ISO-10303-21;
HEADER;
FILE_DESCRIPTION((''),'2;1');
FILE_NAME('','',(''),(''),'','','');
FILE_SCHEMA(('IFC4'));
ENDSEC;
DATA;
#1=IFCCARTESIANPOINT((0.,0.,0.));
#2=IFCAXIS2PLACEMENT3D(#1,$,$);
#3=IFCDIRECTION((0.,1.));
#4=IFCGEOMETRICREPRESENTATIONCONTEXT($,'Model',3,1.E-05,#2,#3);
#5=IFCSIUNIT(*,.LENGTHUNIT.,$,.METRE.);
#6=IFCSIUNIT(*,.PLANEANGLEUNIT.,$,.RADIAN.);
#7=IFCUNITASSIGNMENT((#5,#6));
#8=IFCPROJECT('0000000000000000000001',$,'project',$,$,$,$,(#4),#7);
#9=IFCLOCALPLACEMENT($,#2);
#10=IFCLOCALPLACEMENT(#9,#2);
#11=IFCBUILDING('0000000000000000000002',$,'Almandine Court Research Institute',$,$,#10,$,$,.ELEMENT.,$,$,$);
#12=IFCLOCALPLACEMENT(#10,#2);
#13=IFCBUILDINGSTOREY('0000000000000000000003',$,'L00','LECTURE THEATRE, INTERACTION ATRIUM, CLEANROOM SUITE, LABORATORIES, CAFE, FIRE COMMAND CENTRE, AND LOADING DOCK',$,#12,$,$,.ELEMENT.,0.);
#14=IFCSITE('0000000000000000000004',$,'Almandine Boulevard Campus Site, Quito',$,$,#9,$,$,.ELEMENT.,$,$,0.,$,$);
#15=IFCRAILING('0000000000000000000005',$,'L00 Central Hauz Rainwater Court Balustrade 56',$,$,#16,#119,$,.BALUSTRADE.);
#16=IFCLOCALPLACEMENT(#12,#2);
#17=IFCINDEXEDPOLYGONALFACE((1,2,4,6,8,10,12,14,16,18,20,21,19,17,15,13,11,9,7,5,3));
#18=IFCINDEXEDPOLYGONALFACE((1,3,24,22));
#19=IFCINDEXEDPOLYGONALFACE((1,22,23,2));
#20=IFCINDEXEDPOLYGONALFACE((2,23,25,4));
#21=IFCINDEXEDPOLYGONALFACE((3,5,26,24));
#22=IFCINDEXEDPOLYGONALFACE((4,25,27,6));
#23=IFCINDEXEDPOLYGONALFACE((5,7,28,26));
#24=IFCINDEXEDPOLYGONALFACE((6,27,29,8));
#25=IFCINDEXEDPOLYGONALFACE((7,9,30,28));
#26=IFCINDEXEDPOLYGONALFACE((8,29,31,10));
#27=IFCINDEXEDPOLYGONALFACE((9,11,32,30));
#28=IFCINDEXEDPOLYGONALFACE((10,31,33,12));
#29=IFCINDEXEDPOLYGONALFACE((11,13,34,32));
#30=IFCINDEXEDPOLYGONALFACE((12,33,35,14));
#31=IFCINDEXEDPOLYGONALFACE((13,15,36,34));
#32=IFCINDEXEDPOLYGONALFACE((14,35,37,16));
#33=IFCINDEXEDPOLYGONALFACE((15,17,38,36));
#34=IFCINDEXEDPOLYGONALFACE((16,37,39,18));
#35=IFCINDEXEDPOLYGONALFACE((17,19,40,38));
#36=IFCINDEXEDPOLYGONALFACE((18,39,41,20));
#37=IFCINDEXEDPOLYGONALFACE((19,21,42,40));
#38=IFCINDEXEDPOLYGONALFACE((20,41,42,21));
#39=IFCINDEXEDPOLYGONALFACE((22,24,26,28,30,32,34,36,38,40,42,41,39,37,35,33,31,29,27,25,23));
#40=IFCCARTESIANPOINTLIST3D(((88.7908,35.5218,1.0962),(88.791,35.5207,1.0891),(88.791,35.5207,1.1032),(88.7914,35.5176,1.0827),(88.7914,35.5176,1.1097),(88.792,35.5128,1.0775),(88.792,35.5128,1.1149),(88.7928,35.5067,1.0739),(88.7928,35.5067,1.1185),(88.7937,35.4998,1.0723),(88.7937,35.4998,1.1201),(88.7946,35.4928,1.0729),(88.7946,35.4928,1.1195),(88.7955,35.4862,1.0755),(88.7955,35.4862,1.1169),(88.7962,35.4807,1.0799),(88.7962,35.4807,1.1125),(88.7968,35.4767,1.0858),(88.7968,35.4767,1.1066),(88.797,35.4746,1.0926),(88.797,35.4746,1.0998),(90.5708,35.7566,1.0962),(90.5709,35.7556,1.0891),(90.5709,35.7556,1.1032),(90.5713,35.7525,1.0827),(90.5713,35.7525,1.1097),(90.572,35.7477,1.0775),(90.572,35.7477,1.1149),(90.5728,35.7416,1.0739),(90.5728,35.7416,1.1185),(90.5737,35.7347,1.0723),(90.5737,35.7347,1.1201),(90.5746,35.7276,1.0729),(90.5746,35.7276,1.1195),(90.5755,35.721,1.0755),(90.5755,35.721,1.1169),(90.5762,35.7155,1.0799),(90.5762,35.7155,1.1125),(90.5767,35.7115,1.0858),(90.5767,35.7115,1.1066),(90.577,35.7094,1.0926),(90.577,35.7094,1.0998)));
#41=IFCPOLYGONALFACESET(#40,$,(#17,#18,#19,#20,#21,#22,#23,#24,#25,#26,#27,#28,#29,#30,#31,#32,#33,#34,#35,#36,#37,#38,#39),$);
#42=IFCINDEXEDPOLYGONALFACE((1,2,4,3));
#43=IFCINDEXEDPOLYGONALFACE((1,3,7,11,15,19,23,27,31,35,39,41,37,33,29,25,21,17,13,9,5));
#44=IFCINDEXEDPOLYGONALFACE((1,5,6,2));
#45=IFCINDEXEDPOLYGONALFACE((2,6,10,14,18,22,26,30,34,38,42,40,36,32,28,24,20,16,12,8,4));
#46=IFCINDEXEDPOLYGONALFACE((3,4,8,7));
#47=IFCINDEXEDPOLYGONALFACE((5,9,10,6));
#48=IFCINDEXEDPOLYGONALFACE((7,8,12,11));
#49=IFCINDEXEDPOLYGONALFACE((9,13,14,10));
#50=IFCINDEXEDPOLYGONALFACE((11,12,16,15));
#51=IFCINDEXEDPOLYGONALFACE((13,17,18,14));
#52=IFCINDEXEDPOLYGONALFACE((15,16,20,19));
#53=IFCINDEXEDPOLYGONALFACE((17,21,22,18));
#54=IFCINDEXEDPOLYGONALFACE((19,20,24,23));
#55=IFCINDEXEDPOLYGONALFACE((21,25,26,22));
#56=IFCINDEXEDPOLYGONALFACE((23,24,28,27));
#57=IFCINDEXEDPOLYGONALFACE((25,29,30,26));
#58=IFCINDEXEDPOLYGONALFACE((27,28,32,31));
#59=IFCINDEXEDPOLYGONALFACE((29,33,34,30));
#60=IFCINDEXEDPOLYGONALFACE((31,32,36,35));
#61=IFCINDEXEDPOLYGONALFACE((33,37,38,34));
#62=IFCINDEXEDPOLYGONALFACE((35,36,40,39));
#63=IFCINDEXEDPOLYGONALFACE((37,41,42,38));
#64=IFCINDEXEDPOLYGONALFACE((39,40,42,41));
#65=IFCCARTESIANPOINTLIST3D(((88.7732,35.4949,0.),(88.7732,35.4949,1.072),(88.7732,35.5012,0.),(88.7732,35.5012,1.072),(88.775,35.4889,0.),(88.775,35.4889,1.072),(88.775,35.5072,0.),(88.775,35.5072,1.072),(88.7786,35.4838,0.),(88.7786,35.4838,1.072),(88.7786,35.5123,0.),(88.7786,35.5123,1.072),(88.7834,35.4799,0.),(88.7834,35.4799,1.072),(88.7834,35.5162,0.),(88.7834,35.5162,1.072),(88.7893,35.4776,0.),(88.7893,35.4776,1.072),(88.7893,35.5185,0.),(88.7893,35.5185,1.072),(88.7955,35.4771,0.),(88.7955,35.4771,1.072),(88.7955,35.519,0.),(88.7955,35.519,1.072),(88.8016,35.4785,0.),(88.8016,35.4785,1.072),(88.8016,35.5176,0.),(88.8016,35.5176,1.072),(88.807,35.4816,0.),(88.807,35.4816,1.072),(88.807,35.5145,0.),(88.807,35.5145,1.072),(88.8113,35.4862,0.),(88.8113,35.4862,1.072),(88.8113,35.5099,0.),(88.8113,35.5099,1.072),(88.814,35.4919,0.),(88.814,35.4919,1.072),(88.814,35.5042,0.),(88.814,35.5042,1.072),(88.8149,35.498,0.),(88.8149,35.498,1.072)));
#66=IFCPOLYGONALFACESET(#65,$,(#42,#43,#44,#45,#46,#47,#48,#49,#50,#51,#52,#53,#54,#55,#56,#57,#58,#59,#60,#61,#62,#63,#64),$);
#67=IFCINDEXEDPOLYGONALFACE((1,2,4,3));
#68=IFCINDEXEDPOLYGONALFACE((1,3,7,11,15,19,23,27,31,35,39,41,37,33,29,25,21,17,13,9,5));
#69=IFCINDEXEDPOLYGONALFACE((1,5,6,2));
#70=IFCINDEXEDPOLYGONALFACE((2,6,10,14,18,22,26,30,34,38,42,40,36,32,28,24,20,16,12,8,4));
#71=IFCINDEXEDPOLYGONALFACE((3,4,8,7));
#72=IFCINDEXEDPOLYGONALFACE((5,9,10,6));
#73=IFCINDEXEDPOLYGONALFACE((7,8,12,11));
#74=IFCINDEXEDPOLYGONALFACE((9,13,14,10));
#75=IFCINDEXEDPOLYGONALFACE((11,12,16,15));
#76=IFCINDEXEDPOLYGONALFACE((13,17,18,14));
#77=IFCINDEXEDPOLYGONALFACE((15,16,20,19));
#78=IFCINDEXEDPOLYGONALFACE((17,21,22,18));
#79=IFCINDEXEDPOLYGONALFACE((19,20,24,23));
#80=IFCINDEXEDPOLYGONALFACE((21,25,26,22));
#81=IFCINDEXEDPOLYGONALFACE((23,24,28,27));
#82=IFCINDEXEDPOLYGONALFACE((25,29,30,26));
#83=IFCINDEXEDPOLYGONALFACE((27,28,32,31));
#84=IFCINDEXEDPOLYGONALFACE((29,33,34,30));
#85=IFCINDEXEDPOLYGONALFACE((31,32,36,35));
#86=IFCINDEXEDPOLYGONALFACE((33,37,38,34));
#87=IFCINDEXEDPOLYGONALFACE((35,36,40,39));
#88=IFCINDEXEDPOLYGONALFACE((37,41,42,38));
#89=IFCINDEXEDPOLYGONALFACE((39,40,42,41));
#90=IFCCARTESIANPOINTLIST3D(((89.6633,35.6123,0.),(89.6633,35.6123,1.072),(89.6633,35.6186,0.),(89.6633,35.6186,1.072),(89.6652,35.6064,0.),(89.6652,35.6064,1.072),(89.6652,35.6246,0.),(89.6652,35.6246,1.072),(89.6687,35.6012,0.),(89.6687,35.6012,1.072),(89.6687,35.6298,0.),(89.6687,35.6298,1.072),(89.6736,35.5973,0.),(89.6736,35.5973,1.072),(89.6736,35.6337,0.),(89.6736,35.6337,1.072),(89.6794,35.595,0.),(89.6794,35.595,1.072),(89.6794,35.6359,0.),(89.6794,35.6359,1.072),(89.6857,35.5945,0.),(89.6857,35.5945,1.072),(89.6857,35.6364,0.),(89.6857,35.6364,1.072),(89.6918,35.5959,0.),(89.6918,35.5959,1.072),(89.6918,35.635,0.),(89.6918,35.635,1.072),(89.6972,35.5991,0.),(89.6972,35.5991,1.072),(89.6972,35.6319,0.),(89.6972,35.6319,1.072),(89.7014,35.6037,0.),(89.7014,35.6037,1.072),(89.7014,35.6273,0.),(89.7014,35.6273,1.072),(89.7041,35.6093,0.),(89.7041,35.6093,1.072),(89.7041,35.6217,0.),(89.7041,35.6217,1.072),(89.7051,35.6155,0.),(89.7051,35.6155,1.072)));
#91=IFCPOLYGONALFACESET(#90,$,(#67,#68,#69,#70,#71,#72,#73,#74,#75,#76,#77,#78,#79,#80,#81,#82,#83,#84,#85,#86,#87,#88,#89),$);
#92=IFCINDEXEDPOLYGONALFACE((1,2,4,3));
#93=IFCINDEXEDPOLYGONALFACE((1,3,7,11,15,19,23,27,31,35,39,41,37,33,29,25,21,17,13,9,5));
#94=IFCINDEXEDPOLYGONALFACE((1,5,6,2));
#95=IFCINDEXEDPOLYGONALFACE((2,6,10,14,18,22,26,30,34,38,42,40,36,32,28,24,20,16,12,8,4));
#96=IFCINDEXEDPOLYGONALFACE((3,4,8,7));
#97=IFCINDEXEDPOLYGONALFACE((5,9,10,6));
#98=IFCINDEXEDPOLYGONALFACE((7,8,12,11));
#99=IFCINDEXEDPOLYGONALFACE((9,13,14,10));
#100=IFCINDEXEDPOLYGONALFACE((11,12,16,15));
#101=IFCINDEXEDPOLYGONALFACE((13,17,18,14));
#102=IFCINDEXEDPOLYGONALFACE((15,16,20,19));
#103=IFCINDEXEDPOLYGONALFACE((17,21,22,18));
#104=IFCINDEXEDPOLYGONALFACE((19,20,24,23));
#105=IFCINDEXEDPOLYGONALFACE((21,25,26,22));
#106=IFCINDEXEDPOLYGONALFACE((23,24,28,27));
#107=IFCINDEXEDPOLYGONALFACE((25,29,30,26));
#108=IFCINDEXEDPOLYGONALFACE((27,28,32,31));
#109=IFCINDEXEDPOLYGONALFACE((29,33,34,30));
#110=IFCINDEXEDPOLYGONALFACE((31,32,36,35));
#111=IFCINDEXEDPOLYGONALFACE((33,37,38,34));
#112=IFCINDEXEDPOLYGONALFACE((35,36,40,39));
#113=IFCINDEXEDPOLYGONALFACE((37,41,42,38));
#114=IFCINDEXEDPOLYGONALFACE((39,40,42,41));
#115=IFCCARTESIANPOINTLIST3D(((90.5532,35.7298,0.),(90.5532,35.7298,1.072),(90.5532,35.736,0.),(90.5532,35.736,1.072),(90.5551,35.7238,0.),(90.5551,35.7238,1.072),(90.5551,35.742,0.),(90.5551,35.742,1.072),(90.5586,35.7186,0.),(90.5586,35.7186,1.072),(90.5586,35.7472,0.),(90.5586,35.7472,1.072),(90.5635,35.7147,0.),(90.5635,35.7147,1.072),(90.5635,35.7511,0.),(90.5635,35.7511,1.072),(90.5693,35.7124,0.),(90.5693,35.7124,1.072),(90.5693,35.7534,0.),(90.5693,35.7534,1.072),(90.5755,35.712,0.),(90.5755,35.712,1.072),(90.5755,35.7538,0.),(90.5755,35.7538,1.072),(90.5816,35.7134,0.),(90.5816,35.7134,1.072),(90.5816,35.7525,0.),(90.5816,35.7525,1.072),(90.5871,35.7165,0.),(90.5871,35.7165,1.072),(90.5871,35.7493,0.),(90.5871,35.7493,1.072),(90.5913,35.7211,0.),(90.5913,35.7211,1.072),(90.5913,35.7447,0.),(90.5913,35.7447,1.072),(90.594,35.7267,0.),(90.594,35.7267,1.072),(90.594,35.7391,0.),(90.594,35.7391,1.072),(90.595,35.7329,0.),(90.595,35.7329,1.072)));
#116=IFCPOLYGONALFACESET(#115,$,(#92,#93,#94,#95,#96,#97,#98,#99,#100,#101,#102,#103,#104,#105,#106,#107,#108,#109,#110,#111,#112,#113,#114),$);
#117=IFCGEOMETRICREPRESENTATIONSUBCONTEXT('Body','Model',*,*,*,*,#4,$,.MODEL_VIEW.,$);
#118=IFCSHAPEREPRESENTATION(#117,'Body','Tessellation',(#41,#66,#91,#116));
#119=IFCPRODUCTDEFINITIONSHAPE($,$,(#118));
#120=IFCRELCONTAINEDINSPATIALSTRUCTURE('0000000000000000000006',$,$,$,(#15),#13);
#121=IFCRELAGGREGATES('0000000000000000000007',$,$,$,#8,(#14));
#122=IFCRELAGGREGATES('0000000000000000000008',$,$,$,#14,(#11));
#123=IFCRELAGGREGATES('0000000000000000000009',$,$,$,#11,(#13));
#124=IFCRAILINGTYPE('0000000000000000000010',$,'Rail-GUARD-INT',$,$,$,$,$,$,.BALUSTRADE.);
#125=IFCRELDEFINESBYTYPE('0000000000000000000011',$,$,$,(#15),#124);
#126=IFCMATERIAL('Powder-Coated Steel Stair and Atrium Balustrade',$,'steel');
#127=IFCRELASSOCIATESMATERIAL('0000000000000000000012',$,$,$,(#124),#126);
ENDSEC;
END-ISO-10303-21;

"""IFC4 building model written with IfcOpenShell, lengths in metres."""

from ifc_helpers import new_model, si_unit, direction, frame, origin, origin_2d, place, context, subcontext, project, spatial, circle, extrude, material, type_object, element, save


model = new_model("IFC4")

# Units and contexts
model_context = context("Model", 3, precision=1e-05, world=origin(), true_north=direction((0.0, 1.0)))
body_context = subcontext(model_context, "Body", "Model", "MODEL_VIEW")
ifc_project = project(units=[si_unit("LENGTHUNIT", "METRE"), si_unit("PLANEANGLEUNIT", "RADIAN")], contexts=[model_context])

# Site, building, storey
site_placement = place(None, origin())
site = spatial("IfcSite", under=ifc_project, at=site_placement, Name="Almandine Boulevard Campus Site, Quito", CompositionType="ELEMENT", RefElevation=0.0)
building_placement = place(site_placement, origin())
building = spatial("IfcBuilding", under=site, at=building_placement, Name="Almandine Court Research Institute", CompositionType="ELEMENT")
storey_placement = place(building_placement, origin())
storey = spatial("IfcBuildingStorey", under=building, at=storey_placement, Name="L00", Description="LECTURE THEATRE, INTERACTION ATRIUM, CLEANROOM SUITE, LABORATORIES, CAFE, FIRE COMMAND CENTRE, AND LOADING DOCK", CompositionType="ELEMENT", Elevation=0.0)

# Railing
ifc_material_1 = material(Name="Powder-Coated Steel Stair and Atrium Balustrade", Category="steel")
railing_type = type_object("IfcRailingType", Name="Rail-GUARD-INT", PredefinedType="BALUSTRADE", material=ifc_material_1)
railing_1_placement = place(storey_placement, frame((88.7939, 35.498, 0.0)))
element("IfcRailing", 1, at=railing_1_placement, inside=storey, type_object=railing_type, Name="L00 Central Hauz Rainwater Court Balustrade 56", PredefinedType="BALUSTRADE", context=body_context, shape_type="SweptSolid", body=[
    extrude(circle(Radius=0.0239, at=origin_2d()), frame((0.0, 0.0, 1.0962), z_axis=(0.991407, 0.13081, 0.0), x_axis=(-0.13081, 0.991407, 0.0)), (0.0, 0.0, 1.0), 1.7954),
    extrude(circle(Radius=0.021, at=origin_2d()), origin(), (0.0, 0.0, 1.0), 1.072),
    extrude(circle(Radius=0.021, at=origin_2d()), frame((0.8901, 0.1174, 0.0)), (0.0, 0.0, 1.0), 1.072),
    extrude(circle(Radius=0.021, at=origin_2d()), frame((1.78, 0.2349, 0.0)), (0.0, 0.0, 1.0), 1.072),
])

save(model, "model.ifc")
